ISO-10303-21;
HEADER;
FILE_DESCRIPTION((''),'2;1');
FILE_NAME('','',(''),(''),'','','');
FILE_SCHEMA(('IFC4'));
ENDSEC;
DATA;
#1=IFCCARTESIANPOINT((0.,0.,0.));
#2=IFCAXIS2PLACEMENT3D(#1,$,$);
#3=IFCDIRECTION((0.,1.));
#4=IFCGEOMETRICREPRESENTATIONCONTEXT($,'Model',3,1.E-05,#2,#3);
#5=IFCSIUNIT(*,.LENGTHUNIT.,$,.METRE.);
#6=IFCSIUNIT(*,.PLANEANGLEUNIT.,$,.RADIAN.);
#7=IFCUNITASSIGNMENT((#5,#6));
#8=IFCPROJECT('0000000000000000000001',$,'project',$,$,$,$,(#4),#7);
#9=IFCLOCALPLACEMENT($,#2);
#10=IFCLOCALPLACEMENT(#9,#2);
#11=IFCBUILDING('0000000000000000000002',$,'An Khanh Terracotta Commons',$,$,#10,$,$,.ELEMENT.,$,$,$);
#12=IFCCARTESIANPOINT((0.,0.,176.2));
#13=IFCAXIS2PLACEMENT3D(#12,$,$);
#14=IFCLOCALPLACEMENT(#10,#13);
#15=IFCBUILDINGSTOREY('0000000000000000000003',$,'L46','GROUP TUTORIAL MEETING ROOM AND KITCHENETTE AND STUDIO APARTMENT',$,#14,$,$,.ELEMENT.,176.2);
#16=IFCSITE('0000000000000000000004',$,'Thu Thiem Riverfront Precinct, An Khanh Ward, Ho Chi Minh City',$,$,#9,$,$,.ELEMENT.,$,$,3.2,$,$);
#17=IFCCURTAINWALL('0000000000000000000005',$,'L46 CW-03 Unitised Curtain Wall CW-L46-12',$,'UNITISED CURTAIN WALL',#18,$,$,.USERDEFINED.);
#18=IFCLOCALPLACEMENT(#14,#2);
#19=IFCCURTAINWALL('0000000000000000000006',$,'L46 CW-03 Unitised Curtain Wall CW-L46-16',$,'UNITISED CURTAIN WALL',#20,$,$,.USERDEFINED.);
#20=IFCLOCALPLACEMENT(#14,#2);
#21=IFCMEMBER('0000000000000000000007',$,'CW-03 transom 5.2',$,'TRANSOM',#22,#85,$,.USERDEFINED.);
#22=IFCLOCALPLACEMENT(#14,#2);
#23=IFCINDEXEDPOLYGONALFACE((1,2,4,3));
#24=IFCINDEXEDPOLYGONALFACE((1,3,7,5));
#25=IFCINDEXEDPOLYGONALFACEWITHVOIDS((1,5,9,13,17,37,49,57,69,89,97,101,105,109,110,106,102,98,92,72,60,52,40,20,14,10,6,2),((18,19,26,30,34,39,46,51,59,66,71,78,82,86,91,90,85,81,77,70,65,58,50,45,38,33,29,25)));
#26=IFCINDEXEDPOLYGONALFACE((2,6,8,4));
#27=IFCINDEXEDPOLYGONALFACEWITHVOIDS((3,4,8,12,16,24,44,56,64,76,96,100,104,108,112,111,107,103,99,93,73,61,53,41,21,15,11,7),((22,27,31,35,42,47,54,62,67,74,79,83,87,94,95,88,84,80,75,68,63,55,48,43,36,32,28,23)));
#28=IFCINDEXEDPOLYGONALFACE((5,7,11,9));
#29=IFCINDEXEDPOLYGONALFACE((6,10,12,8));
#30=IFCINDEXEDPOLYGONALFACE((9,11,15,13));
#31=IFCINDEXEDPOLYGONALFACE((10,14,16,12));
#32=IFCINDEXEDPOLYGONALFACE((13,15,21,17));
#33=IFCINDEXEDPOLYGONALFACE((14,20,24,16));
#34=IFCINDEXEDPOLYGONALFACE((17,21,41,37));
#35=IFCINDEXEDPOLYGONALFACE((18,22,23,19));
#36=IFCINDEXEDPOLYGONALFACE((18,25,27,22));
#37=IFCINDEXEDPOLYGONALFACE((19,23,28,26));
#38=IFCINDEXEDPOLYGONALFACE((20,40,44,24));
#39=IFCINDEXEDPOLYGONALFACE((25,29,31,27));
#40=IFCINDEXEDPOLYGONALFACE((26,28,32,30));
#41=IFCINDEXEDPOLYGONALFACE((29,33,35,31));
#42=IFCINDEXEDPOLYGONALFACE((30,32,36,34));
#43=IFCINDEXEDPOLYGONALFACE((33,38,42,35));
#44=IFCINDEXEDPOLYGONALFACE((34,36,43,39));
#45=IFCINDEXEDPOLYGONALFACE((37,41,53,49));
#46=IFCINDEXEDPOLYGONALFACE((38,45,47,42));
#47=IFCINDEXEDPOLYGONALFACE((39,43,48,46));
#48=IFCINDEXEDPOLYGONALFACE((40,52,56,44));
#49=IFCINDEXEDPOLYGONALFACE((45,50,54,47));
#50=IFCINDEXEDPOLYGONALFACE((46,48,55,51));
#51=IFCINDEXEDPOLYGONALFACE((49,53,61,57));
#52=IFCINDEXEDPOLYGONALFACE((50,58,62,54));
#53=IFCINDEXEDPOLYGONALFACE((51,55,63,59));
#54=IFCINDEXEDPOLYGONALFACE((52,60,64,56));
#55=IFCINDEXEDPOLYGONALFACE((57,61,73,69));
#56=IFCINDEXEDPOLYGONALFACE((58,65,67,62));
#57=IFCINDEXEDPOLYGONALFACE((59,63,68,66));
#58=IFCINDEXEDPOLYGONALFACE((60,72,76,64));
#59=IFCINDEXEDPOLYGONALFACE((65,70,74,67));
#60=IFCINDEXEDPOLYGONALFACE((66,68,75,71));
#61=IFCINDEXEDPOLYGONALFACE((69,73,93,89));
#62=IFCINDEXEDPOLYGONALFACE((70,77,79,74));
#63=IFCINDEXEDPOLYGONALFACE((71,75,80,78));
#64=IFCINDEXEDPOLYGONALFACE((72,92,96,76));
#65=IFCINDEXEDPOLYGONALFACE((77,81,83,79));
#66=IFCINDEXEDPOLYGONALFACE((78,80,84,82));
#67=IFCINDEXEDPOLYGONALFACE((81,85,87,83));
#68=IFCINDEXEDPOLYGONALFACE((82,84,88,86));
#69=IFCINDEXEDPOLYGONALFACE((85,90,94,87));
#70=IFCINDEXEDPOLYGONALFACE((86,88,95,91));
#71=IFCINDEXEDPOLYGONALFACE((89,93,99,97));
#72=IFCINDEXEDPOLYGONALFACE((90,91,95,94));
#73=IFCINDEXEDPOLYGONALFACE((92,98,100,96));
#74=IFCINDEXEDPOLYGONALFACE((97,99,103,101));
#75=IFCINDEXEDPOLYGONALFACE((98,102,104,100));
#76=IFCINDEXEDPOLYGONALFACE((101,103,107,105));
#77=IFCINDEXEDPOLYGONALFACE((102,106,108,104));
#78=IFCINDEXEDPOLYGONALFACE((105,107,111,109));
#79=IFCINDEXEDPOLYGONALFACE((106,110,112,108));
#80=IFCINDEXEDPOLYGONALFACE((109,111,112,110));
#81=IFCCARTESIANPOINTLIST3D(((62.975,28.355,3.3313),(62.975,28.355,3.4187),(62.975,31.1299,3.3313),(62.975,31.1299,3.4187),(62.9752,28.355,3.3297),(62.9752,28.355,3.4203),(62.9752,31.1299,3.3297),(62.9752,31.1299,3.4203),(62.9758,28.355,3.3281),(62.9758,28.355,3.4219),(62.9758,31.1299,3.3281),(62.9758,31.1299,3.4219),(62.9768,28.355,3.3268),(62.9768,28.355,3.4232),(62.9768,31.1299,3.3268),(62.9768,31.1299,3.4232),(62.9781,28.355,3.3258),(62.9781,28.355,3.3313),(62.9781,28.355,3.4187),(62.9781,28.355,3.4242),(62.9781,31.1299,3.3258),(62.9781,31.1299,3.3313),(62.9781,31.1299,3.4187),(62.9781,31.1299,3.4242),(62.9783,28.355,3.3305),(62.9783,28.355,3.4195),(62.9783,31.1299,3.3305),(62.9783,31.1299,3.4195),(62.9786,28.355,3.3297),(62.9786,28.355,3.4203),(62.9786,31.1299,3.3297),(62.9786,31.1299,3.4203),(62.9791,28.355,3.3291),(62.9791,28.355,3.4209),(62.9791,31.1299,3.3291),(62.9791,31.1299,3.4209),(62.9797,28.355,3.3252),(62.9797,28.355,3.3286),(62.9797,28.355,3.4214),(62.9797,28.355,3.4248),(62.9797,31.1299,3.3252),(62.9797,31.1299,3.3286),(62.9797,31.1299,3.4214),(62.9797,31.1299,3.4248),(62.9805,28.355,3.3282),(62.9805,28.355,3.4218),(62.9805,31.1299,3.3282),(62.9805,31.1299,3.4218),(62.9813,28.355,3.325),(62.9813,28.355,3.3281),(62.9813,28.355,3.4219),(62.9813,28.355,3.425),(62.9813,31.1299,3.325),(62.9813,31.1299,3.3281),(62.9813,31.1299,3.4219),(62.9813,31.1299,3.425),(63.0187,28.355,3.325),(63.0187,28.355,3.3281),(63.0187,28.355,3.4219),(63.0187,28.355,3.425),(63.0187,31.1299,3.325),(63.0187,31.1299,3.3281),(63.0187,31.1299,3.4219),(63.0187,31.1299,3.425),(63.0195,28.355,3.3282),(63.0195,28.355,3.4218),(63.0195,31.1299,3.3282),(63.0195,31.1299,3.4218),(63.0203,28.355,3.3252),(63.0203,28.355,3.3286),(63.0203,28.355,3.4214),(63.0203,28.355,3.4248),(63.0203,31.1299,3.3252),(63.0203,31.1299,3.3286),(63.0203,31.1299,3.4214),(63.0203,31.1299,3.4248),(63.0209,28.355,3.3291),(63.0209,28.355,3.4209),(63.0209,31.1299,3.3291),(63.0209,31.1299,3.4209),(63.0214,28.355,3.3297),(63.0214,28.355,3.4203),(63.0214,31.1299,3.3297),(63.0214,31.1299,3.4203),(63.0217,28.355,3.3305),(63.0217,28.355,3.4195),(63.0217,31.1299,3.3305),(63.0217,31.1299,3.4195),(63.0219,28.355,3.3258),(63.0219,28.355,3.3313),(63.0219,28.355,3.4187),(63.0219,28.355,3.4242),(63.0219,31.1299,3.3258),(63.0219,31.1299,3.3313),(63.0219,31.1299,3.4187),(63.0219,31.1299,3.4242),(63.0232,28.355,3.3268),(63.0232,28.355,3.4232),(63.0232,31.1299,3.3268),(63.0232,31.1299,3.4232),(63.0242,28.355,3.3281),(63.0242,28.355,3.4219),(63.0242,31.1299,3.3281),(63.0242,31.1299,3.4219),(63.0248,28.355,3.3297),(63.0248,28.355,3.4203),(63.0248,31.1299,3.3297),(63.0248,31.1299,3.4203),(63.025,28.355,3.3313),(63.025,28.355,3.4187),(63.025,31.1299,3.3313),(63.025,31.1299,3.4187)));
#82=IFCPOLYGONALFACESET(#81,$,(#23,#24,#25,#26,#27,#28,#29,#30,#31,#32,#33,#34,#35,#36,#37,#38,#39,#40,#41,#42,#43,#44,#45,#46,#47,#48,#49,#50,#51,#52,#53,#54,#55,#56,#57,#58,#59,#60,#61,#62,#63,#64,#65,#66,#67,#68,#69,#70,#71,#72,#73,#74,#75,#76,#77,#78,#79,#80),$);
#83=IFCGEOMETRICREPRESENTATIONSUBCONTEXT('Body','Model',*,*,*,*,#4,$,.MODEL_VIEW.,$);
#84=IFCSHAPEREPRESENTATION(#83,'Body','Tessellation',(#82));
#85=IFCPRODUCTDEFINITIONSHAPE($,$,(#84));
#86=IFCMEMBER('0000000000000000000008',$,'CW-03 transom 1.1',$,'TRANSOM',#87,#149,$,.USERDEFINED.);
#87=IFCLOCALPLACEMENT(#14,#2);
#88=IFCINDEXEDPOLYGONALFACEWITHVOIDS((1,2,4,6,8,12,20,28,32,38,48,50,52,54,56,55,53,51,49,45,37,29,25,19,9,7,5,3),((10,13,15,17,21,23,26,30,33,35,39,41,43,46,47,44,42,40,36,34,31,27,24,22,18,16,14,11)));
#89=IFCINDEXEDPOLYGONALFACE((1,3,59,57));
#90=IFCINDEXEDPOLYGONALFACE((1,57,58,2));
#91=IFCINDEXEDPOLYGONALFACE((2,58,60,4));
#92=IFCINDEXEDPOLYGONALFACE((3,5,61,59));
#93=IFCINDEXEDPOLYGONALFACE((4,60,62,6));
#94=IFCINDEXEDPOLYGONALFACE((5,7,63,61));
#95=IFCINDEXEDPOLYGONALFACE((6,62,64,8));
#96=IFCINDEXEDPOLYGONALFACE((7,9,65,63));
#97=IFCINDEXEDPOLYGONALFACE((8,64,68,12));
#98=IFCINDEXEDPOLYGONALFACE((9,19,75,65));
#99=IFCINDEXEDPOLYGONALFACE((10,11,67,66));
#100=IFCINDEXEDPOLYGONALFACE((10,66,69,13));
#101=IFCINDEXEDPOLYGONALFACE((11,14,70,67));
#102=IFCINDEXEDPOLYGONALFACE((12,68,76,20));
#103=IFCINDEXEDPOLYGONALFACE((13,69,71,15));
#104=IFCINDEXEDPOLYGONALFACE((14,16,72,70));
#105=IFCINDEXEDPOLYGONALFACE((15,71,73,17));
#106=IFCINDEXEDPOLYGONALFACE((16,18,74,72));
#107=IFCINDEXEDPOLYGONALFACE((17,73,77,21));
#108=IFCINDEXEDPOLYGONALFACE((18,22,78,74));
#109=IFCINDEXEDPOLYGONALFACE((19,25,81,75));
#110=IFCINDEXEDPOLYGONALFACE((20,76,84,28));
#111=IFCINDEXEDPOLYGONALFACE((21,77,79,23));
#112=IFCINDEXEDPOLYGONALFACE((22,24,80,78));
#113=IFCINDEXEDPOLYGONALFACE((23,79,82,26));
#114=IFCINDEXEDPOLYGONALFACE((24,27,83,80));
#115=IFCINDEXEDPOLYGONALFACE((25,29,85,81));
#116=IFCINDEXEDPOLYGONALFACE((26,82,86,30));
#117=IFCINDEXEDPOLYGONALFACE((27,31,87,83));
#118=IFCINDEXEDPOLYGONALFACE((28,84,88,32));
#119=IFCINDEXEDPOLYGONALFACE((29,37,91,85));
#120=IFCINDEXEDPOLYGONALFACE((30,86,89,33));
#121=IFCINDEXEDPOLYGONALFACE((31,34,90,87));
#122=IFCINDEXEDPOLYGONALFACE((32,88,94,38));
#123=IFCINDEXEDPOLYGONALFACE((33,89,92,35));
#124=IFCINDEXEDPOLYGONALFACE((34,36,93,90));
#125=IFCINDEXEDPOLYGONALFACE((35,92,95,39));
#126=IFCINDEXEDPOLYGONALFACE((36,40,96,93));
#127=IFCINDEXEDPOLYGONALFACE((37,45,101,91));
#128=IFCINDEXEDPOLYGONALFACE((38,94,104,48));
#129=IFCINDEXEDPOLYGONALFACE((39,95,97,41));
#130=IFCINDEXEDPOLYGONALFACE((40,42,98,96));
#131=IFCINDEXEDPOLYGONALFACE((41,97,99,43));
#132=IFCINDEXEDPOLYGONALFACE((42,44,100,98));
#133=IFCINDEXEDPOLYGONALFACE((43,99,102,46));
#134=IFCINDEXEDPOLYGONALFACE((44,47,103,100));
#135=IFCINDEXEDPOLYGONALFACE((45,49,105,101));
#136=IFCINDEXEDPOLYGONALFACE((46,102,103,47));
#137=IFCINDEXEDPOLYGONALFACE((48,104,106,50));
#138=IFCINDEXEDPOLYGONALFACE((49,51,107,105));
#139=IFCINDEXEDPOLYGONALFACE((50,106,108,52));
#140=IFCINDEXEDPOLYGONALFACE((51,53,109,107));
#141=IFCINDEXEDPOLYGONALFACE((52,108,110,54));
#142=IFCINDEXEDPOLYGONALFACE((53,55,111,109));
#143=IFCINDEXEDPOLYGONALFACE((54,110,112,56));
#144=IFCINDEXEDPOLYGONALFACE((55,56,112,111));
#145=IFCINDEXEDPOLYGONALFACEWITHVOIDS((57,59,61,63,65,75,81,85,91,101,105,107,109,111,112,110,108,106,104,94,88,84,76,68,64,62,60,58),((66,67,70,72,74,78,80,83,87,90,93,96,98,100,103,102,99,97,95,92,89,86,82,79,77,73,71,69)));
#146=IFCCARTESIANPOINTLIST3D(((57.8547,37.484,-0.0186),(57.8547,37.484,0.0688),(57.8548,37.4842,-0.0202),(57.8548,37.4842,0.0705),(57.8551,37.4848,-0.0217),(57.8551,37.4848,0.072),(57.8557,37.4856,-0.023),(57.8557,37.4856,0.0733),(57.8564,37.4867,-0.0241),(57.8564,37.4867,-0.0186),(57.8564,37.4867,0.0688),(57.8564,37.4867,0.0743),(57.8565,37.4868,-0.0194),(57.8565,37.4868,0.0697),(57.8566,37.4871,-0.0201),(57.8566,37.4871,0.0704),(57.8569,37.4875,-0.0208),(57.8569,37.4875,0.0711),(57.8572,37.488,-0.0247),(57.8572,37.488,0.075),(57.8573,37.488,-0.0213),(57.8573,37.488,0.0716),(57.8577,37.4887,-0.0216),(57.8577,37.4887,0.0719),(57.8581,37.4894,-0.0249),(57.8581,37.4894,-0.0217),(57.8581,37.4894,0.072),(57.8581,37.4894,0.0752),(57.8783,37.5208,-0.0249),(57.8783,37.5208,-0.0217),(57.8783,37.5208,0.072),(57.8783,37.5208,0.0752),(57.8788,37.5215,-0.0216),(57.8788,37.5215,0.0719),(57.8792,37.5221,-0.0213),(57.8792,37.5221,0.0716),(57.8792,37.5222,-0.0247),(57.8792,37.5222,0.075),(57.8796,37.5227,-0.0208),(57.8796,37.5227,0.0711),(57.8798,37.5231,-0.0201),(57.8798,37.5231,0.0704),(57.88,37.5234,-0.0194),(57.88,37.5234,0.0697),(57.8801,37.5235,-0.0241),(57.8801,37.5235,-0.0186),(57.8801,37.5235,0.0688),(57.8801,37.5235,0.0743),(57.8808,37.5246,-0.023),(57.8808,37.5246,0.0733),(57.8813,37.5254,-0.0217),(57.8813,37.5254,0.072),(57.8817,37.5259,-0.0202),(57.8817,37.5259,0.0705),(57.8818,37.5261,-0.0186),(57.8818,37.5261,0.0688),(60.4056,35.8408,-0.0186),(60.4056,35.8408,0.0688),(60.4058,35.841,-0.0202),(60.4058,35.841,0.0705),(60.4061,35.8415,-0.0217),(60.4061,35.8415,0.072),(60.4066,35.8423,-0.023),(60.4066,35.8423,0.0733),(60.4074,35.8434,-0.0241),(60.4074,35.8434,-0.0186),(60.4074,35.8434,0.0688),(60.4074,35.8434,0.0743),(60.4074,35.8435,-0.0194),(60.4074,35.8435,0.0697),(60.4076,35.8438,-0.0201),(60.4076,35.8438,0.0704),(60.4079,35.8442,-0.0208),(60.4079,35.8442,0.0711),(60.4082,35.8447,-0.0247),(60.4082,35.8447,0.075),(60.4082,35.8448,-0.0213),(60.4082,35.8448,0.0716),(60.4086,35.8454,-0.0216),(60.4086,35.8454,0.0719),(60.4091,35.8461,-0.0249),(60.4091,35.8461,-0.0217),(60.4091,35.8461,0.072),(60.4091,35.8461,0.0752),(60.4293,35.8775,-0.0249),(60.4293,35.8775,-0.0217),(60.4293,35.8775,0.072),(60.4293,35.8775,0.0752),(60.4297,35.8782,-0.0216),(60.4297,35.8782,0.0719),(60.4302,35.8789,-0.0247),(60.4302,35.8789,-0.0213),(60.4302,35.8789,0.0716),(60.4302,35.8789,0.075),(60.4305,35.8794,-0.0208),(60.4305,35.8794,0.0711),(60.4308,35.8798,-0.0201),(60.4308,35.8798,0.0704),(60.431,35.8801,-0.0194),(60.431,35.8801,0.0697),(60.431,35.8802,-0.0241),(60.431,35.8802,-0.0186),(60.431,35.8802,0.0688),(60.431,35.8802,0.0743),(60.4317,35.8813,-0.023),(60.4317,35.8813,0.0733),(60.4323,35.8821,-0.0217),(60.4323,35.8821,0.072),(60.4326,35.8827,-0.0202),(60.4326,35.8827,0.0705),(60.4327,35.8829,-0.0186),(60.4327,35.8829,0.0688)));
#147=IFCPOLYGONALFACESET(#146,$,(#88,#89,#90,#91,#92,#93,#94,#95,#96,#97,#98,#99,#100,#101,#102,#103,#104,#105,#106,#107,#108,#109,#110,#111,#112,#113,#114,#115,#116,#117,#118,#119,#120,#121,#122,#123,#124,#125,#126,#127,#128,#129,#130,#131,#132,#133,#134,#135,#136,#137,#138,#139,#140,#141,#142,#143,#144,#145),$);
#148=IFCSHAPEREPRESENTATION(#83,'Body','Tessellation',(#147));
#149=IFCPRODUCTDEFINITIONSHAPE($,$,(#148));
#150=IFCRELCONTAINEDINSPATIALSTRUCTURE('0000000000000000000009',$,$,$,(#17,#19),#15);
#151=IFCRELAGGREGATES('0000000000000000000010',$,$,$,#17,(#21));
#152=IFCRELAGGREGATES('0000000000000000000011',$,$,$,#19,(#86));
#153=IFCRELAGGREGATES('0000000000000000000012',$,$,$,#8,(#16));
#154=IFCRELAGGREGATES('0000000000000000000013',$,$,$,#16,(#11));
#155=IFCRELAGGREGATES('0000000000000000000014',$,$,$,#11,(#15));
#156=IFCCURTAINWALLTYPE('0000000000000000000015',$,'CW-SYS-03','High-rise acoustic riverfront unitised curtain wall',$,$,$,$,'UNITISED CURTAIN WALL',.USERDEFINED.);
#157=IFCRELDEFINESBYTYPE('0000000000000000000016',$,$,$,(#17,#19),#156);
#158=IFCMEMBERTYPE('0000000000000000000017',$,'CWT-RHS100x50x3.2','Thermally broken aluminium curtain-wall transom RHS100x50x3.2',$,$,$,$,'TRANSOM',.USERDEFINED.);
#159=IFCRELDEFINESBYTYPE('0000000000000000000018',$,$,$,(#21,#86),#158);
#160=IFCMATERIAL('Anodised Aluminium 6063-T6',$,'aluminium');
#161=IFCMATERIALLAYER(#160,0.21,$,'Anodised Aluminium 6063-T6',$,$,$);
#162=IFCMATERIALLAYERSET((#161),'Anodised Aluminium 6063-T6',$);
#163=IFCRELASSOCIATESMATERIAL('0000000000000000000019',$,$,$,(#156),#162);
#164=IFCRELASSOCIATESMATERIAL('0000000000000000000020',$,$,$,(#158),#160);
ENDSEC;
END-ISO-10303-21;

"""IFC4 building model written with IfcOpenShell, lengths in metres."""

from ifc_helpers import new_model, si_unit, direction, frame, origin, origin_2d, place, context, subcontext, project, spatial, hollow_rectangle, extrude, material, layer, layer_set, material_profile, profile_set, type_object, element, aggregate, save


model = new_model("IFC4")

# Units and contexts
model_context = context("Model", 3, precision=1e-05, world=origin(), true_north=direction((0.0, 1.0)))
body_context = subcontext(model_context, "Body", "Model", "MODEL_VIEW")
ifc_project = project(units=[si_unit("LENGTHUNIT", "METRE"), si_unit("PLANEANGLEUNIT", "RADIAN")], contexts=[model_context])

# Site, building, storey
site_placement = place(None, origin())
site = spatial("IfcSite", under=ifc_project, at=site_placement, Name="Thu Thiem Riverfront Precinct, An Khanh Ward, Ho Chi Minh City", CompositionType="ELEMENT", RefElevation=3.2)
building_placement = place(site_placement, origin())
building = spatial("IfcBuilding", under=site, at=building_placement, Name="An Khanh Terracotta Commons", CompositionType="ELEMENT")
storey_placement = place(building_placement, frame((0.0, 0.0, 176.2)))
storey = spatial("IfcBuildingStorey", under=building, at=storey_placement, Name="L46", Description="GROUP TUTORIAL MEETING ROOM AND KITCHENETTE AND STUDIO APARTMENT", CompositionType="ELEMENT", Elevation=176.2)

# Curtain walls
ifc_material_1 = material(Name="Anodised Aluminium 6063-T6", Category="aluminium")
ifc_layer_1 = layer(ifc_material_1, 0.21, Name="Anodised Aluminium 6063-T6")
ifc_layer_set_1 = layer_set([ifc_layer_1], Name="Anodised Aluminium 6063-T6")
curtain_wall_type = type_object("IfcCurtainWallType", Name="CW-SYS-03", Description="High-rise acoustic riverfront unitised curtain wall", ElementType="UNITISED CURTAIN WALL", PredefinedType="USERDEFINED", material=ifc_layer_set_1)
curtain_wall_1_placement = place(storey_placement, origin())
curtain_wall_1 = element("IfcCurtainWall", 1, at=curtain_wall_1_placement, inside=storey, type_object=curtain_wall_type, Name="L46 CW-03 Unitised Curtain Wall CW-L46-12", ObjectType="UNITISED CURTAIN WALL", PredefinedType="USERDEFINED")
curtain_wall_2_placement = place(storey_placement, origin())
curtain_wall_2 = element("IfcCurtainWall", 2, at=curtain_wall_2_placement, inside=storey, type_object=curtain_wall_type, Name="L46 CW-03 Unitised Curtain Wall CW-L46-16", ObjectType="UNITISED CURTAIN WALL", PredefinedType="USERDEFINED")

# Members
ifc_material_profile_1 = material_profile(ifc_material_1, hollow_rectangle(XDim=0.05, YDim=0.1001, WallThickness=0.0032, InnerFilletRadius=0.0032, OuterFilletRadius=0.0063, at=origin_2d()), Name="RHS100x50x3.2")
ifc_profile_set_1 = profile_set([ifc_material_profile_1], Name="Anodised Aluminium 6063-T6")
member_type_1 = type_object("IfcMemberType", Name="CWT-RHS100x50x3.2", Description="Thermally broken aluminium curtain-wall transom RHS100x50x3.2", ElementType="TRANSOM", PredefinedType="USERDEFINED", material=ifc_profile_set_1)
member_1_placement = place(storey_placement, frame((63.0, 28.355, 3.375), z_axis=(0.0, 1.0, 0.0), x_axis=(-1.0, 0.0, 0.0)))
member_1 = element("IfcMember", 3, at=member_1_placement, type_object=member_type_1, Name="CW-03 transom 5.2", ObjectType="TRANSOM", PredefinedType="USERDEFINED", context=body_context, shape_type="SweptSolid", body=[
    extrude(hollow_rectangle(XDim=0.05, YDim=0.1001, WallThickness=0.0032, InnerFilletRadius=0.0032, OuterFilletRadius=0.0063, at=origin_2d()), origin(), (0.0, 0.0, 1.0), 2.7749),
])
member_2_placement = place(storey_placement, frame((60.4192, 35.8618, 0.0251), z_axis=(-0.840674, 0.541542, 0.0), x_axis=(-0.541542, -0.840674, 0.0)))
member_2 = element("IfcMember", 4, at=member_2_placement, type_object=member_type_1, Name="CW-03 transom 1.1", ObjectType="TRANSOM", PredefinedType="USERDEFINED", context=body_context, shape_type="SweptSolid", body=[
    extrude(hollow_rectangle(XDim=0.05, YDim=0.1001, WallThickness=0.0032, InnerFilletRadius=0.0032, OuterFilletRadius=0.0063, at=origin_2d()), origin(), (0.0, 0.0, 1.0), 3.0344),
])

aggregate(curtain_wall_1, [member_1])
aggregate(curtain_wall_2, [member_2])

save(model, "model.ifc")
